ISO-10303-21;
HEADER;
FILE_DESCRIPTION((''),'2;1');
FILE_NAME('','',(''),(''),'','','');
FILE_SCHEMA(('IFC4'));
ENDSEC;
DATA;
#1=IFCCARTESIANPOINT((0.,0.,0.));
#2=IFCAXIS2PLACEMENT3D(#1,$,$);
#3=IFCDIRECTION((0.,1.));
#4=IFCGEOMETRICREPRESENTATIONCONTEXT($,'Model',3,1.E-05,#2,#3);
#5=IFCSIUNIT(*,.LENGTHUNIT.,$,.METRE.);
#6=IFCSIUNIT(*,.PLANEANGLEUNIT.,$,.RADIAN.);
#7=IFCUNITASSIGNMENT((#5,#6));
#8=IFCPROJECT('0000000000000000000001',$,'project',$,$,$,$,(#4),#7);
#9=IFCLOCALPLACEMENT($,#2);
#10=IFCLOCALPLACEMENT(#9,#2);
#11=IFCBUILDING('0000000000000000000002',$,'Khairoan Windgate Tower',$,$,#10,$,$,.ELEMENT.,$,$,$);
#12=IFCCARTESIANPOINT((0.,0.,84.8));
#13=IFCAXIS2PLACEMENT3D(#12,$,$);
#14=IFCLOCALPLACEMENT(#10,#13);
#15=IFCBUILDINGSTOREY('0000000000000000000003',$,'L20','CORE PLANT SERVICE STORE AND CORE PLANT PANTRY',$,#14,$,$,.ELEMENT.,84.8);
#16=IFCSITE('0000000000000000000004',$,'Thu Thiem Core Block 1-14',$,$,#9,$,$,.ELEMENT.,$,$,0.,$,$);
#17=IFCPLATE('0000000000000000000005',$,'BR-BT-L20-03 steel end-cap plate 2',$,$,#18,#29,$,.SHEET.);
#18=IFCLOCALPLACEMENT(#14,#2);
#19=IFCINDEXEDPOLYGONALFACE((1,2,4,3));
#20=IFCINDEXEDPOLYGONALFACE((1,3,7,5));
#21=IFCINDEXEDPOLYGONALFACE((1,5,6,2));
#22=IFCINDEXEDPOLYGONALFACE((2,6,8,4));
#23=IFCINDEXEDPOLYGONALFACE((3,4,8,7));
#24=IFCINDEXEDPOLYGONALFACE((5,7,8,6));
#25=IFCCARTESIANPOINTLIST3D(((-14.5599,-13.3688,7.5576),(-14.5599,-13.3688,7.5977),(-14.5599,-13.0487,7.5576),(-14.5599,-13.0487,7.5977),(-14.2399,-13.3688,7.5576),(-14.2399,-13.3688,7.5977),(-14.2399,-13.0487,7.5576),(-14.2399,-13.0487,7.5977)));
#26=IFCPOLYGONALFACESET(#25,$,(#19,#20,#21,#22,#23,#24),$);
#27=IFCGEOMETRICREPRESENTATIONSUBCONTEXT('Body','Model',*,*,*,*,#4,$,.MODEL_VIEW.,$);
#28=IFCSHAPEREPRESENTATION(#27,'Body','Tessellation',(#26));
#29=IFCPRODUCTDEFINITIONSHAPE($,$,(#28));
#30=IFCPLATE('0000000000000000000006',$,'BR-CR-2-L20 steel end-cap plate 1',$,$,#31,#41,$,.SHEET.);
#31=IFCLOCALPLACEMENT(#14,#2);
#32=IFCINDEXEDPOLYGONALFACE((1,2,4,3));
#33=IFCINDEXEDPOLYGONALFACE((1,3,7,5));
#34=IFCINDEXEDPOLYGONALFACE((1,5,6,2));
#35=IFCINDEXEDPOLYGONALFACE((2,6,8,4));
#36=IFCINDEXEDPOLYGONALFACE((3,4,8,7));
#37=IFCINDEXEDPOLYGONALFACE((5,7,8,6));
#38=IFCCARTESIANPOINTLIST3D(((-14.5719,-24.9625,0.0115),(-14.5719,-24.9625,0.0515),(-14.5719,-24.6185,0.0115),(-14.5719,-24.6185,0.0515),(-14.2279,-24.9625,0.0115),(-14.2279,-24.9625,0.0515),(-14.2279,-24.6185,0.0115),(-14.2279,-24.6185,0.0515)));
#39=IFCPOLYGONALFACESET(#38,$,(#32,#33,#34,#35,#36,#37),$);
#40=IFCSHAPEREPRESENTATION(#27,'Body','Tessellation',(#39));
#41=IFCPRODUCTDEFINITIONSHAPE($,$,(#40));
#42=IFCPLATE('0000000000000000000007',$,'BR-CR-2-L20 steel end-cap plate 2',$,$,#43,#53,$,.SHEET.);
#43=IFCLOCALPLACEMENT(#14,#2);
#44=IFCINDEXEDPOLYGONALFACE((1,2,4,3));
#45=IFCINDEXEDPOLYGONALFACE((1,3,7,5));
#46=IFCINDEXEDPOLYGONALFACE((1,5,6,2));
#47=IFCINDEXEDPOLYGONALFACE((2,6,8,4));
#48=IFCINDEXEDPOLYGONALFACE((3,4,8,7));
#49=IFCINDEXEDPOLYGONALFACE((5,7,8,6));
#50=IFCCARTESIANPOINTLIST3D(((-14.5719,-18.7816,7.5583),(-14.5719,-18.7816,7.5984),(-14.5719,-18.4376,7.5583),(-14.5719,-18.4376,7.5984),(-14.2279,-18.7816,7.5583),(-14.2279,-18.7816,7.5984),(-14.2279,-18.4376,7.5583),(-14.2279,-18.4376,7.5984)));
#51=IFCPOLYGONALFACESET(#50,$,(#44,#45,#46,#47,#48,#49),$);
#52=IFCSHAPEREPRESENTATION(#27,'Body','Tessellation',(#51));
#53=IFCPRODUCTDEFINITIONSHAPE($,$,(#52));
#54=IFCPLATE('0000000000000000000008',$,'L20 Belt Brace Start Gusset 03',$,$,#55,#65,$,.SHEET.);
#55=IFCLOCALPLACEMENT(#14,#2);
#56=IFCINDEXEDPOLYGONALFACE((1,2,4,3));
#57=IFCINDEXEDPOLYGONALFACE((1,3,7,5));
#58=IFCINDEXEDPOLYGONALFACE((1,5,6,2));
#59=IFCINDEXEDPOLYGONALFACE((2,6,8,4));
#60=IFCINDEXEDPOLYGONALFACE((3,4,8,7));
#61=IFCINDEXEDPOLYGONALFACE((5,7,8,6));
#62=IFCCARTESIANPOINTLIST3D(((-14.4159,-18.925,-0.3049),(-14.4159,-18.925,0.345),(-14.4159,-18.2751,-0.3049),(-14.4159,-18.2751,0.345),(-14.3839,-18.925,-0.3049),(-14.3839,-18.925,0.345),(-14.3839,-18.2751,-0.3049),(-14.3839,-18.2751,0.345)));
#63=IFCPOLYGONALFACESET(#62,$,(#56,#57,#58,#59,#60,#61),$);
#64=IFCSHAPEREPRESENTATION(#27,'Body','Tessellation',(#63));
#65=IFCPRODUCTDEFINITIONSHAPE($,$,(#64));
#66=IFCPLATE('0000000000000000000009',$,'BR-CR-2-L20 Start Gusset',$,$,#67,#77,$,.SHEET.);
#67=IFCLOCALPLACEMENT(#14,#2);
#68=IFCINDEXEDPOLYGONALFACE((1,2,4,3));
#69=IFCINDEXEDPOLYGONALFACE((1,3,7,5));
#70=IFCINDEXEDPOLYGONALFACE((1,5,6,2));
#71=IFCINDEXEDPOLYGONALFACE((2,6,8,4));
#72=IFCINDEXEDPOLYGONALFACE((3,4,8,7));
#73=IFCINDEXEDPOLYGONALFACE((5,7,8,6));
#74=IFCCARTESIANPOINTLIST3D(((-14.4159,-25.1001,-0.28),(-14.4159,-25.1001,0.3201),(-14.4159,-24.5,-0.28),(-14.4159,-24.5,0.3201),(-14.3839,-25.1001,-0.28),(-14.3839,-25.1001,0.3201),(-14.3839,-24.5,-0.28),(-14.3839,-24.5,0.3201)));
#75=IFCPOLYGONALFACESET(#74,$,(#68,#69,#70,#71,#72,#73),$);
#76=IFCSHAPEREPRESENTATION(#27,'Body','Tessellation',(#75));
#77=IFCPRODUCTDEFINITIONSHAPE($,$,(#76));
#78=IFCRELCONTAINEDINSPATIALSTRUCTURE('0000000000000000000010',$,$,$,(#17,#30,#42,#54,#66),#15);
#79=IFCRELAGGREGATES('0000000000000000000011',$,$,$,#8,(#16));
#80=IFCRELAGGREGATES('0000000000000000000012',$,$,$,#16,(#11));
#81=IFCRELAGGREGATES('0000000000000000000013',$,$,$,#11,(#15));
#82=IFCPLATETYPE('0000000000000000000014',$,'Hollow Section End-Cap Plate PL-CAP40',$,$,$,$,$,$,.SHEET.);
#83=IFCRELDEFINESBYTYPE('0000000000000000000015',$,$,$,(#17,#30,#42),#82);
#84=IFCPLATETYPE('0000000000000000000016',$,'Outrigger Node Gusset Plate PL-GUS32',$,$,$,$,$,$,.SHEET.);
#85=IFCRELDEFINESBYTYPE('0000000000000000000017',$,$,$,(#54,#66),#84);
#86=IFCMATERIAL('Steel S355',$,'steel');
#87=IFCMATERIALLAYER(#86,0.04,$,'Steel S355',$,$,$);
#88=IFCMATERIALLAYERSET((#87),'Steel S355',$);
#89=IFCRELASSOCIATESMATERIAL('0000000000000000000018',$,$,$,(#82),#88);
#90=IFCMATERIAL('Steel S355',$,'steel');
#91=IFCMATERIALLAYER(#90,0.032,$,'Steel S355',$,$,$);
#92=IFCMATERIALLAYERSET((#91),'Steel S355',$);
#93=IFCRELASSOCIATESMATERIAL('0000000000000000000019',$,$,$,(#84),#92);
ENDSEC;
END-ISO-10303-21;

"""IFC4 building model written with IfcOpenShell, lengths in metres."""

from ifc_helpers import new_model, si_unit, direction, frame, origin, origin_2d, place, context, subcontext, project, spatial, rectangle, extrude, material, layer, layer_set, type_object, element, save


model = new_model("IFC4")

# Units and contexts
model_context = context("Model", 3, precision=1e-05, world=origin(), true_north=direction((0.0, 1.0)))
body_context = subcontext(model_context, "Body", "Model", "MODEL_VIEW")
ifc_project = project(units=[si_unit("LENGTHUNIT", "METRE"), si_unit("PLANEANGLEUNIT", "RADIAN")], contexts=[model_context])

# Site, building, storey
site_placement = place(None, origin())
site = spatial("IfcSite", under=ifc_project, at=site_placement, Name="Thu Thiem Core Block 1-14", CompositionType="ELEMENT", RefElevation=0.0)
building_placement = place(site_placement, origin())
building = spatial("IfcBuilding", under=site, at=building_placement, Name="Khairoan Windgate Tower", CompositionType="ELEMENT")
storey_placement = place(building_placement, frame((0.0, 0.0, 84.8)))
storey = spatial("IfcBuildingStorey", under=building, at=storey_placement, Name="L20", Description="CORE PLANT SERVICE STORE AND CORE PLANT PANTRY", CompositionType="ELEMENT", Elevation=84.8)

# Plates
ifc_material_1 = material(Name="Steel S355", Category="steel")
ifc_layer_1 = layer(ifc_material_1, 0.04, Name="Steel S355")
ifc_layer_set_1 = layer_set([ifc_layer_1], Name="Steel S355")
plate_type_1 = type_object("IfcPlateType", Name="Hollow Section End-Cap Plate PL-CAP40", PredefinedType="SHEET", material=ifc_layer_set_1)
for number, where, z_axis, x_axis, name in (
    (1, (-14.3999, -13.2087, 7.5576), (0.0, 0.0, 1.0), (0.0, 1.0, 0.0), "BR-BT-L20-03 steel end-cap plate 2"),
):
    element("IfcPlate", number, at=place(storey_placement, frame(where, z_axis=z_axis, x_axis=x_axis)), inside=storey, type_object=plate_type_1, Name=name, PredefinedType="SHEET", context=body_context, shape_type="SweptSolid", body=[
        extrude(rectangle(XDim=0.3201, YDim=0.3201, at=origin_2d()), origin(), (0.0, 0.0, 1.0), 0.04),
    ])
for number, where, z_axis, x_axis, name in (
    (2, (-14.3999, -24.7905, 0.0115), (0.0, 0.0, 1.0), (0.0, 1.0, 0.0), "BR-CR-2-L20 steel end-cap plate 1"),
    (3, (-14.3999, -18.6096, 7.5583), (0.0, 0.0, 1.0), (0.0, 1.0, 0.0), "BR-CR-2-L20 steel end-cap plate 2"),
):
    element("IfcPlate", number, at=place(storey_placement, frame(where, z_axis=z_axis, x_axis=x_axis)), inside=storey, type_object=plate_type_1, Name=name, PredefinedType="SHEET", context=body_context, shape_type="SweptSolid", body=[
        extrude(rectangle(XDim=0.344, YDim=0.344, at=origin_2d()), origin(), (0.0, 0.0, 1.0), 0.04),
    ])
ifc_material_2 = material(Name="Steel S355", Category="steel")
ifc_layer_2 = layer(ifc_material_2, 0.032, Name="Steel S355")
ifc_layer_set_2 = layer_set([ifc_layer_2], Name="Steel S355")
plate_type_2 = type_object("IfcPlateType", Name="Outrigger Node Gusset Plate PL-GUS32", PredefinedType="SHEET", material=ifc_layer_set_2)
plate_1_placement = place(storey_placement, frame((-14.3999, -18.6001, -0.3049), z_axis=(0.0, 0.0, 1.0), x_axis=(1.0, 0.0, 0.0)))
element("IfcPlate", 4, at=plate_1_placement, inside=storey, type_object=plate_type_2, Name="L20 Belt Brace Start Gusset 03", PredefinedType="SHEET", context=body_context, shape_type="SweptSolid", body=[
    extrude(rectangle(XDim=0.032, YDim=0.6499, at=origin_2d()), origin(), (0.0, 0.0, 1.0), 0.6499),
])
plate_2_placement = place(storey_placement, frame((-14.3999, -24.8, -0.28), z_axis=(0.0, 0.0, 1.0), x_axis=(1.0, 0.0, 0.0)))
element("IfcPlate", 5, at=plate_2_placement, inside=storey, type_object=plate_type_2, Name="BR-CR-2-L20 Start Gusset", PredefinedType="SHEET", context=body_context, shape_type="SweptSolid", body=[
    extrude(rectangle(XDim=0.032, YDim=0.6001, at=origin_2d()), origin(), (0.0, 0.0, 1.0), 0.6001),
])

save(model, "model.ifc")
